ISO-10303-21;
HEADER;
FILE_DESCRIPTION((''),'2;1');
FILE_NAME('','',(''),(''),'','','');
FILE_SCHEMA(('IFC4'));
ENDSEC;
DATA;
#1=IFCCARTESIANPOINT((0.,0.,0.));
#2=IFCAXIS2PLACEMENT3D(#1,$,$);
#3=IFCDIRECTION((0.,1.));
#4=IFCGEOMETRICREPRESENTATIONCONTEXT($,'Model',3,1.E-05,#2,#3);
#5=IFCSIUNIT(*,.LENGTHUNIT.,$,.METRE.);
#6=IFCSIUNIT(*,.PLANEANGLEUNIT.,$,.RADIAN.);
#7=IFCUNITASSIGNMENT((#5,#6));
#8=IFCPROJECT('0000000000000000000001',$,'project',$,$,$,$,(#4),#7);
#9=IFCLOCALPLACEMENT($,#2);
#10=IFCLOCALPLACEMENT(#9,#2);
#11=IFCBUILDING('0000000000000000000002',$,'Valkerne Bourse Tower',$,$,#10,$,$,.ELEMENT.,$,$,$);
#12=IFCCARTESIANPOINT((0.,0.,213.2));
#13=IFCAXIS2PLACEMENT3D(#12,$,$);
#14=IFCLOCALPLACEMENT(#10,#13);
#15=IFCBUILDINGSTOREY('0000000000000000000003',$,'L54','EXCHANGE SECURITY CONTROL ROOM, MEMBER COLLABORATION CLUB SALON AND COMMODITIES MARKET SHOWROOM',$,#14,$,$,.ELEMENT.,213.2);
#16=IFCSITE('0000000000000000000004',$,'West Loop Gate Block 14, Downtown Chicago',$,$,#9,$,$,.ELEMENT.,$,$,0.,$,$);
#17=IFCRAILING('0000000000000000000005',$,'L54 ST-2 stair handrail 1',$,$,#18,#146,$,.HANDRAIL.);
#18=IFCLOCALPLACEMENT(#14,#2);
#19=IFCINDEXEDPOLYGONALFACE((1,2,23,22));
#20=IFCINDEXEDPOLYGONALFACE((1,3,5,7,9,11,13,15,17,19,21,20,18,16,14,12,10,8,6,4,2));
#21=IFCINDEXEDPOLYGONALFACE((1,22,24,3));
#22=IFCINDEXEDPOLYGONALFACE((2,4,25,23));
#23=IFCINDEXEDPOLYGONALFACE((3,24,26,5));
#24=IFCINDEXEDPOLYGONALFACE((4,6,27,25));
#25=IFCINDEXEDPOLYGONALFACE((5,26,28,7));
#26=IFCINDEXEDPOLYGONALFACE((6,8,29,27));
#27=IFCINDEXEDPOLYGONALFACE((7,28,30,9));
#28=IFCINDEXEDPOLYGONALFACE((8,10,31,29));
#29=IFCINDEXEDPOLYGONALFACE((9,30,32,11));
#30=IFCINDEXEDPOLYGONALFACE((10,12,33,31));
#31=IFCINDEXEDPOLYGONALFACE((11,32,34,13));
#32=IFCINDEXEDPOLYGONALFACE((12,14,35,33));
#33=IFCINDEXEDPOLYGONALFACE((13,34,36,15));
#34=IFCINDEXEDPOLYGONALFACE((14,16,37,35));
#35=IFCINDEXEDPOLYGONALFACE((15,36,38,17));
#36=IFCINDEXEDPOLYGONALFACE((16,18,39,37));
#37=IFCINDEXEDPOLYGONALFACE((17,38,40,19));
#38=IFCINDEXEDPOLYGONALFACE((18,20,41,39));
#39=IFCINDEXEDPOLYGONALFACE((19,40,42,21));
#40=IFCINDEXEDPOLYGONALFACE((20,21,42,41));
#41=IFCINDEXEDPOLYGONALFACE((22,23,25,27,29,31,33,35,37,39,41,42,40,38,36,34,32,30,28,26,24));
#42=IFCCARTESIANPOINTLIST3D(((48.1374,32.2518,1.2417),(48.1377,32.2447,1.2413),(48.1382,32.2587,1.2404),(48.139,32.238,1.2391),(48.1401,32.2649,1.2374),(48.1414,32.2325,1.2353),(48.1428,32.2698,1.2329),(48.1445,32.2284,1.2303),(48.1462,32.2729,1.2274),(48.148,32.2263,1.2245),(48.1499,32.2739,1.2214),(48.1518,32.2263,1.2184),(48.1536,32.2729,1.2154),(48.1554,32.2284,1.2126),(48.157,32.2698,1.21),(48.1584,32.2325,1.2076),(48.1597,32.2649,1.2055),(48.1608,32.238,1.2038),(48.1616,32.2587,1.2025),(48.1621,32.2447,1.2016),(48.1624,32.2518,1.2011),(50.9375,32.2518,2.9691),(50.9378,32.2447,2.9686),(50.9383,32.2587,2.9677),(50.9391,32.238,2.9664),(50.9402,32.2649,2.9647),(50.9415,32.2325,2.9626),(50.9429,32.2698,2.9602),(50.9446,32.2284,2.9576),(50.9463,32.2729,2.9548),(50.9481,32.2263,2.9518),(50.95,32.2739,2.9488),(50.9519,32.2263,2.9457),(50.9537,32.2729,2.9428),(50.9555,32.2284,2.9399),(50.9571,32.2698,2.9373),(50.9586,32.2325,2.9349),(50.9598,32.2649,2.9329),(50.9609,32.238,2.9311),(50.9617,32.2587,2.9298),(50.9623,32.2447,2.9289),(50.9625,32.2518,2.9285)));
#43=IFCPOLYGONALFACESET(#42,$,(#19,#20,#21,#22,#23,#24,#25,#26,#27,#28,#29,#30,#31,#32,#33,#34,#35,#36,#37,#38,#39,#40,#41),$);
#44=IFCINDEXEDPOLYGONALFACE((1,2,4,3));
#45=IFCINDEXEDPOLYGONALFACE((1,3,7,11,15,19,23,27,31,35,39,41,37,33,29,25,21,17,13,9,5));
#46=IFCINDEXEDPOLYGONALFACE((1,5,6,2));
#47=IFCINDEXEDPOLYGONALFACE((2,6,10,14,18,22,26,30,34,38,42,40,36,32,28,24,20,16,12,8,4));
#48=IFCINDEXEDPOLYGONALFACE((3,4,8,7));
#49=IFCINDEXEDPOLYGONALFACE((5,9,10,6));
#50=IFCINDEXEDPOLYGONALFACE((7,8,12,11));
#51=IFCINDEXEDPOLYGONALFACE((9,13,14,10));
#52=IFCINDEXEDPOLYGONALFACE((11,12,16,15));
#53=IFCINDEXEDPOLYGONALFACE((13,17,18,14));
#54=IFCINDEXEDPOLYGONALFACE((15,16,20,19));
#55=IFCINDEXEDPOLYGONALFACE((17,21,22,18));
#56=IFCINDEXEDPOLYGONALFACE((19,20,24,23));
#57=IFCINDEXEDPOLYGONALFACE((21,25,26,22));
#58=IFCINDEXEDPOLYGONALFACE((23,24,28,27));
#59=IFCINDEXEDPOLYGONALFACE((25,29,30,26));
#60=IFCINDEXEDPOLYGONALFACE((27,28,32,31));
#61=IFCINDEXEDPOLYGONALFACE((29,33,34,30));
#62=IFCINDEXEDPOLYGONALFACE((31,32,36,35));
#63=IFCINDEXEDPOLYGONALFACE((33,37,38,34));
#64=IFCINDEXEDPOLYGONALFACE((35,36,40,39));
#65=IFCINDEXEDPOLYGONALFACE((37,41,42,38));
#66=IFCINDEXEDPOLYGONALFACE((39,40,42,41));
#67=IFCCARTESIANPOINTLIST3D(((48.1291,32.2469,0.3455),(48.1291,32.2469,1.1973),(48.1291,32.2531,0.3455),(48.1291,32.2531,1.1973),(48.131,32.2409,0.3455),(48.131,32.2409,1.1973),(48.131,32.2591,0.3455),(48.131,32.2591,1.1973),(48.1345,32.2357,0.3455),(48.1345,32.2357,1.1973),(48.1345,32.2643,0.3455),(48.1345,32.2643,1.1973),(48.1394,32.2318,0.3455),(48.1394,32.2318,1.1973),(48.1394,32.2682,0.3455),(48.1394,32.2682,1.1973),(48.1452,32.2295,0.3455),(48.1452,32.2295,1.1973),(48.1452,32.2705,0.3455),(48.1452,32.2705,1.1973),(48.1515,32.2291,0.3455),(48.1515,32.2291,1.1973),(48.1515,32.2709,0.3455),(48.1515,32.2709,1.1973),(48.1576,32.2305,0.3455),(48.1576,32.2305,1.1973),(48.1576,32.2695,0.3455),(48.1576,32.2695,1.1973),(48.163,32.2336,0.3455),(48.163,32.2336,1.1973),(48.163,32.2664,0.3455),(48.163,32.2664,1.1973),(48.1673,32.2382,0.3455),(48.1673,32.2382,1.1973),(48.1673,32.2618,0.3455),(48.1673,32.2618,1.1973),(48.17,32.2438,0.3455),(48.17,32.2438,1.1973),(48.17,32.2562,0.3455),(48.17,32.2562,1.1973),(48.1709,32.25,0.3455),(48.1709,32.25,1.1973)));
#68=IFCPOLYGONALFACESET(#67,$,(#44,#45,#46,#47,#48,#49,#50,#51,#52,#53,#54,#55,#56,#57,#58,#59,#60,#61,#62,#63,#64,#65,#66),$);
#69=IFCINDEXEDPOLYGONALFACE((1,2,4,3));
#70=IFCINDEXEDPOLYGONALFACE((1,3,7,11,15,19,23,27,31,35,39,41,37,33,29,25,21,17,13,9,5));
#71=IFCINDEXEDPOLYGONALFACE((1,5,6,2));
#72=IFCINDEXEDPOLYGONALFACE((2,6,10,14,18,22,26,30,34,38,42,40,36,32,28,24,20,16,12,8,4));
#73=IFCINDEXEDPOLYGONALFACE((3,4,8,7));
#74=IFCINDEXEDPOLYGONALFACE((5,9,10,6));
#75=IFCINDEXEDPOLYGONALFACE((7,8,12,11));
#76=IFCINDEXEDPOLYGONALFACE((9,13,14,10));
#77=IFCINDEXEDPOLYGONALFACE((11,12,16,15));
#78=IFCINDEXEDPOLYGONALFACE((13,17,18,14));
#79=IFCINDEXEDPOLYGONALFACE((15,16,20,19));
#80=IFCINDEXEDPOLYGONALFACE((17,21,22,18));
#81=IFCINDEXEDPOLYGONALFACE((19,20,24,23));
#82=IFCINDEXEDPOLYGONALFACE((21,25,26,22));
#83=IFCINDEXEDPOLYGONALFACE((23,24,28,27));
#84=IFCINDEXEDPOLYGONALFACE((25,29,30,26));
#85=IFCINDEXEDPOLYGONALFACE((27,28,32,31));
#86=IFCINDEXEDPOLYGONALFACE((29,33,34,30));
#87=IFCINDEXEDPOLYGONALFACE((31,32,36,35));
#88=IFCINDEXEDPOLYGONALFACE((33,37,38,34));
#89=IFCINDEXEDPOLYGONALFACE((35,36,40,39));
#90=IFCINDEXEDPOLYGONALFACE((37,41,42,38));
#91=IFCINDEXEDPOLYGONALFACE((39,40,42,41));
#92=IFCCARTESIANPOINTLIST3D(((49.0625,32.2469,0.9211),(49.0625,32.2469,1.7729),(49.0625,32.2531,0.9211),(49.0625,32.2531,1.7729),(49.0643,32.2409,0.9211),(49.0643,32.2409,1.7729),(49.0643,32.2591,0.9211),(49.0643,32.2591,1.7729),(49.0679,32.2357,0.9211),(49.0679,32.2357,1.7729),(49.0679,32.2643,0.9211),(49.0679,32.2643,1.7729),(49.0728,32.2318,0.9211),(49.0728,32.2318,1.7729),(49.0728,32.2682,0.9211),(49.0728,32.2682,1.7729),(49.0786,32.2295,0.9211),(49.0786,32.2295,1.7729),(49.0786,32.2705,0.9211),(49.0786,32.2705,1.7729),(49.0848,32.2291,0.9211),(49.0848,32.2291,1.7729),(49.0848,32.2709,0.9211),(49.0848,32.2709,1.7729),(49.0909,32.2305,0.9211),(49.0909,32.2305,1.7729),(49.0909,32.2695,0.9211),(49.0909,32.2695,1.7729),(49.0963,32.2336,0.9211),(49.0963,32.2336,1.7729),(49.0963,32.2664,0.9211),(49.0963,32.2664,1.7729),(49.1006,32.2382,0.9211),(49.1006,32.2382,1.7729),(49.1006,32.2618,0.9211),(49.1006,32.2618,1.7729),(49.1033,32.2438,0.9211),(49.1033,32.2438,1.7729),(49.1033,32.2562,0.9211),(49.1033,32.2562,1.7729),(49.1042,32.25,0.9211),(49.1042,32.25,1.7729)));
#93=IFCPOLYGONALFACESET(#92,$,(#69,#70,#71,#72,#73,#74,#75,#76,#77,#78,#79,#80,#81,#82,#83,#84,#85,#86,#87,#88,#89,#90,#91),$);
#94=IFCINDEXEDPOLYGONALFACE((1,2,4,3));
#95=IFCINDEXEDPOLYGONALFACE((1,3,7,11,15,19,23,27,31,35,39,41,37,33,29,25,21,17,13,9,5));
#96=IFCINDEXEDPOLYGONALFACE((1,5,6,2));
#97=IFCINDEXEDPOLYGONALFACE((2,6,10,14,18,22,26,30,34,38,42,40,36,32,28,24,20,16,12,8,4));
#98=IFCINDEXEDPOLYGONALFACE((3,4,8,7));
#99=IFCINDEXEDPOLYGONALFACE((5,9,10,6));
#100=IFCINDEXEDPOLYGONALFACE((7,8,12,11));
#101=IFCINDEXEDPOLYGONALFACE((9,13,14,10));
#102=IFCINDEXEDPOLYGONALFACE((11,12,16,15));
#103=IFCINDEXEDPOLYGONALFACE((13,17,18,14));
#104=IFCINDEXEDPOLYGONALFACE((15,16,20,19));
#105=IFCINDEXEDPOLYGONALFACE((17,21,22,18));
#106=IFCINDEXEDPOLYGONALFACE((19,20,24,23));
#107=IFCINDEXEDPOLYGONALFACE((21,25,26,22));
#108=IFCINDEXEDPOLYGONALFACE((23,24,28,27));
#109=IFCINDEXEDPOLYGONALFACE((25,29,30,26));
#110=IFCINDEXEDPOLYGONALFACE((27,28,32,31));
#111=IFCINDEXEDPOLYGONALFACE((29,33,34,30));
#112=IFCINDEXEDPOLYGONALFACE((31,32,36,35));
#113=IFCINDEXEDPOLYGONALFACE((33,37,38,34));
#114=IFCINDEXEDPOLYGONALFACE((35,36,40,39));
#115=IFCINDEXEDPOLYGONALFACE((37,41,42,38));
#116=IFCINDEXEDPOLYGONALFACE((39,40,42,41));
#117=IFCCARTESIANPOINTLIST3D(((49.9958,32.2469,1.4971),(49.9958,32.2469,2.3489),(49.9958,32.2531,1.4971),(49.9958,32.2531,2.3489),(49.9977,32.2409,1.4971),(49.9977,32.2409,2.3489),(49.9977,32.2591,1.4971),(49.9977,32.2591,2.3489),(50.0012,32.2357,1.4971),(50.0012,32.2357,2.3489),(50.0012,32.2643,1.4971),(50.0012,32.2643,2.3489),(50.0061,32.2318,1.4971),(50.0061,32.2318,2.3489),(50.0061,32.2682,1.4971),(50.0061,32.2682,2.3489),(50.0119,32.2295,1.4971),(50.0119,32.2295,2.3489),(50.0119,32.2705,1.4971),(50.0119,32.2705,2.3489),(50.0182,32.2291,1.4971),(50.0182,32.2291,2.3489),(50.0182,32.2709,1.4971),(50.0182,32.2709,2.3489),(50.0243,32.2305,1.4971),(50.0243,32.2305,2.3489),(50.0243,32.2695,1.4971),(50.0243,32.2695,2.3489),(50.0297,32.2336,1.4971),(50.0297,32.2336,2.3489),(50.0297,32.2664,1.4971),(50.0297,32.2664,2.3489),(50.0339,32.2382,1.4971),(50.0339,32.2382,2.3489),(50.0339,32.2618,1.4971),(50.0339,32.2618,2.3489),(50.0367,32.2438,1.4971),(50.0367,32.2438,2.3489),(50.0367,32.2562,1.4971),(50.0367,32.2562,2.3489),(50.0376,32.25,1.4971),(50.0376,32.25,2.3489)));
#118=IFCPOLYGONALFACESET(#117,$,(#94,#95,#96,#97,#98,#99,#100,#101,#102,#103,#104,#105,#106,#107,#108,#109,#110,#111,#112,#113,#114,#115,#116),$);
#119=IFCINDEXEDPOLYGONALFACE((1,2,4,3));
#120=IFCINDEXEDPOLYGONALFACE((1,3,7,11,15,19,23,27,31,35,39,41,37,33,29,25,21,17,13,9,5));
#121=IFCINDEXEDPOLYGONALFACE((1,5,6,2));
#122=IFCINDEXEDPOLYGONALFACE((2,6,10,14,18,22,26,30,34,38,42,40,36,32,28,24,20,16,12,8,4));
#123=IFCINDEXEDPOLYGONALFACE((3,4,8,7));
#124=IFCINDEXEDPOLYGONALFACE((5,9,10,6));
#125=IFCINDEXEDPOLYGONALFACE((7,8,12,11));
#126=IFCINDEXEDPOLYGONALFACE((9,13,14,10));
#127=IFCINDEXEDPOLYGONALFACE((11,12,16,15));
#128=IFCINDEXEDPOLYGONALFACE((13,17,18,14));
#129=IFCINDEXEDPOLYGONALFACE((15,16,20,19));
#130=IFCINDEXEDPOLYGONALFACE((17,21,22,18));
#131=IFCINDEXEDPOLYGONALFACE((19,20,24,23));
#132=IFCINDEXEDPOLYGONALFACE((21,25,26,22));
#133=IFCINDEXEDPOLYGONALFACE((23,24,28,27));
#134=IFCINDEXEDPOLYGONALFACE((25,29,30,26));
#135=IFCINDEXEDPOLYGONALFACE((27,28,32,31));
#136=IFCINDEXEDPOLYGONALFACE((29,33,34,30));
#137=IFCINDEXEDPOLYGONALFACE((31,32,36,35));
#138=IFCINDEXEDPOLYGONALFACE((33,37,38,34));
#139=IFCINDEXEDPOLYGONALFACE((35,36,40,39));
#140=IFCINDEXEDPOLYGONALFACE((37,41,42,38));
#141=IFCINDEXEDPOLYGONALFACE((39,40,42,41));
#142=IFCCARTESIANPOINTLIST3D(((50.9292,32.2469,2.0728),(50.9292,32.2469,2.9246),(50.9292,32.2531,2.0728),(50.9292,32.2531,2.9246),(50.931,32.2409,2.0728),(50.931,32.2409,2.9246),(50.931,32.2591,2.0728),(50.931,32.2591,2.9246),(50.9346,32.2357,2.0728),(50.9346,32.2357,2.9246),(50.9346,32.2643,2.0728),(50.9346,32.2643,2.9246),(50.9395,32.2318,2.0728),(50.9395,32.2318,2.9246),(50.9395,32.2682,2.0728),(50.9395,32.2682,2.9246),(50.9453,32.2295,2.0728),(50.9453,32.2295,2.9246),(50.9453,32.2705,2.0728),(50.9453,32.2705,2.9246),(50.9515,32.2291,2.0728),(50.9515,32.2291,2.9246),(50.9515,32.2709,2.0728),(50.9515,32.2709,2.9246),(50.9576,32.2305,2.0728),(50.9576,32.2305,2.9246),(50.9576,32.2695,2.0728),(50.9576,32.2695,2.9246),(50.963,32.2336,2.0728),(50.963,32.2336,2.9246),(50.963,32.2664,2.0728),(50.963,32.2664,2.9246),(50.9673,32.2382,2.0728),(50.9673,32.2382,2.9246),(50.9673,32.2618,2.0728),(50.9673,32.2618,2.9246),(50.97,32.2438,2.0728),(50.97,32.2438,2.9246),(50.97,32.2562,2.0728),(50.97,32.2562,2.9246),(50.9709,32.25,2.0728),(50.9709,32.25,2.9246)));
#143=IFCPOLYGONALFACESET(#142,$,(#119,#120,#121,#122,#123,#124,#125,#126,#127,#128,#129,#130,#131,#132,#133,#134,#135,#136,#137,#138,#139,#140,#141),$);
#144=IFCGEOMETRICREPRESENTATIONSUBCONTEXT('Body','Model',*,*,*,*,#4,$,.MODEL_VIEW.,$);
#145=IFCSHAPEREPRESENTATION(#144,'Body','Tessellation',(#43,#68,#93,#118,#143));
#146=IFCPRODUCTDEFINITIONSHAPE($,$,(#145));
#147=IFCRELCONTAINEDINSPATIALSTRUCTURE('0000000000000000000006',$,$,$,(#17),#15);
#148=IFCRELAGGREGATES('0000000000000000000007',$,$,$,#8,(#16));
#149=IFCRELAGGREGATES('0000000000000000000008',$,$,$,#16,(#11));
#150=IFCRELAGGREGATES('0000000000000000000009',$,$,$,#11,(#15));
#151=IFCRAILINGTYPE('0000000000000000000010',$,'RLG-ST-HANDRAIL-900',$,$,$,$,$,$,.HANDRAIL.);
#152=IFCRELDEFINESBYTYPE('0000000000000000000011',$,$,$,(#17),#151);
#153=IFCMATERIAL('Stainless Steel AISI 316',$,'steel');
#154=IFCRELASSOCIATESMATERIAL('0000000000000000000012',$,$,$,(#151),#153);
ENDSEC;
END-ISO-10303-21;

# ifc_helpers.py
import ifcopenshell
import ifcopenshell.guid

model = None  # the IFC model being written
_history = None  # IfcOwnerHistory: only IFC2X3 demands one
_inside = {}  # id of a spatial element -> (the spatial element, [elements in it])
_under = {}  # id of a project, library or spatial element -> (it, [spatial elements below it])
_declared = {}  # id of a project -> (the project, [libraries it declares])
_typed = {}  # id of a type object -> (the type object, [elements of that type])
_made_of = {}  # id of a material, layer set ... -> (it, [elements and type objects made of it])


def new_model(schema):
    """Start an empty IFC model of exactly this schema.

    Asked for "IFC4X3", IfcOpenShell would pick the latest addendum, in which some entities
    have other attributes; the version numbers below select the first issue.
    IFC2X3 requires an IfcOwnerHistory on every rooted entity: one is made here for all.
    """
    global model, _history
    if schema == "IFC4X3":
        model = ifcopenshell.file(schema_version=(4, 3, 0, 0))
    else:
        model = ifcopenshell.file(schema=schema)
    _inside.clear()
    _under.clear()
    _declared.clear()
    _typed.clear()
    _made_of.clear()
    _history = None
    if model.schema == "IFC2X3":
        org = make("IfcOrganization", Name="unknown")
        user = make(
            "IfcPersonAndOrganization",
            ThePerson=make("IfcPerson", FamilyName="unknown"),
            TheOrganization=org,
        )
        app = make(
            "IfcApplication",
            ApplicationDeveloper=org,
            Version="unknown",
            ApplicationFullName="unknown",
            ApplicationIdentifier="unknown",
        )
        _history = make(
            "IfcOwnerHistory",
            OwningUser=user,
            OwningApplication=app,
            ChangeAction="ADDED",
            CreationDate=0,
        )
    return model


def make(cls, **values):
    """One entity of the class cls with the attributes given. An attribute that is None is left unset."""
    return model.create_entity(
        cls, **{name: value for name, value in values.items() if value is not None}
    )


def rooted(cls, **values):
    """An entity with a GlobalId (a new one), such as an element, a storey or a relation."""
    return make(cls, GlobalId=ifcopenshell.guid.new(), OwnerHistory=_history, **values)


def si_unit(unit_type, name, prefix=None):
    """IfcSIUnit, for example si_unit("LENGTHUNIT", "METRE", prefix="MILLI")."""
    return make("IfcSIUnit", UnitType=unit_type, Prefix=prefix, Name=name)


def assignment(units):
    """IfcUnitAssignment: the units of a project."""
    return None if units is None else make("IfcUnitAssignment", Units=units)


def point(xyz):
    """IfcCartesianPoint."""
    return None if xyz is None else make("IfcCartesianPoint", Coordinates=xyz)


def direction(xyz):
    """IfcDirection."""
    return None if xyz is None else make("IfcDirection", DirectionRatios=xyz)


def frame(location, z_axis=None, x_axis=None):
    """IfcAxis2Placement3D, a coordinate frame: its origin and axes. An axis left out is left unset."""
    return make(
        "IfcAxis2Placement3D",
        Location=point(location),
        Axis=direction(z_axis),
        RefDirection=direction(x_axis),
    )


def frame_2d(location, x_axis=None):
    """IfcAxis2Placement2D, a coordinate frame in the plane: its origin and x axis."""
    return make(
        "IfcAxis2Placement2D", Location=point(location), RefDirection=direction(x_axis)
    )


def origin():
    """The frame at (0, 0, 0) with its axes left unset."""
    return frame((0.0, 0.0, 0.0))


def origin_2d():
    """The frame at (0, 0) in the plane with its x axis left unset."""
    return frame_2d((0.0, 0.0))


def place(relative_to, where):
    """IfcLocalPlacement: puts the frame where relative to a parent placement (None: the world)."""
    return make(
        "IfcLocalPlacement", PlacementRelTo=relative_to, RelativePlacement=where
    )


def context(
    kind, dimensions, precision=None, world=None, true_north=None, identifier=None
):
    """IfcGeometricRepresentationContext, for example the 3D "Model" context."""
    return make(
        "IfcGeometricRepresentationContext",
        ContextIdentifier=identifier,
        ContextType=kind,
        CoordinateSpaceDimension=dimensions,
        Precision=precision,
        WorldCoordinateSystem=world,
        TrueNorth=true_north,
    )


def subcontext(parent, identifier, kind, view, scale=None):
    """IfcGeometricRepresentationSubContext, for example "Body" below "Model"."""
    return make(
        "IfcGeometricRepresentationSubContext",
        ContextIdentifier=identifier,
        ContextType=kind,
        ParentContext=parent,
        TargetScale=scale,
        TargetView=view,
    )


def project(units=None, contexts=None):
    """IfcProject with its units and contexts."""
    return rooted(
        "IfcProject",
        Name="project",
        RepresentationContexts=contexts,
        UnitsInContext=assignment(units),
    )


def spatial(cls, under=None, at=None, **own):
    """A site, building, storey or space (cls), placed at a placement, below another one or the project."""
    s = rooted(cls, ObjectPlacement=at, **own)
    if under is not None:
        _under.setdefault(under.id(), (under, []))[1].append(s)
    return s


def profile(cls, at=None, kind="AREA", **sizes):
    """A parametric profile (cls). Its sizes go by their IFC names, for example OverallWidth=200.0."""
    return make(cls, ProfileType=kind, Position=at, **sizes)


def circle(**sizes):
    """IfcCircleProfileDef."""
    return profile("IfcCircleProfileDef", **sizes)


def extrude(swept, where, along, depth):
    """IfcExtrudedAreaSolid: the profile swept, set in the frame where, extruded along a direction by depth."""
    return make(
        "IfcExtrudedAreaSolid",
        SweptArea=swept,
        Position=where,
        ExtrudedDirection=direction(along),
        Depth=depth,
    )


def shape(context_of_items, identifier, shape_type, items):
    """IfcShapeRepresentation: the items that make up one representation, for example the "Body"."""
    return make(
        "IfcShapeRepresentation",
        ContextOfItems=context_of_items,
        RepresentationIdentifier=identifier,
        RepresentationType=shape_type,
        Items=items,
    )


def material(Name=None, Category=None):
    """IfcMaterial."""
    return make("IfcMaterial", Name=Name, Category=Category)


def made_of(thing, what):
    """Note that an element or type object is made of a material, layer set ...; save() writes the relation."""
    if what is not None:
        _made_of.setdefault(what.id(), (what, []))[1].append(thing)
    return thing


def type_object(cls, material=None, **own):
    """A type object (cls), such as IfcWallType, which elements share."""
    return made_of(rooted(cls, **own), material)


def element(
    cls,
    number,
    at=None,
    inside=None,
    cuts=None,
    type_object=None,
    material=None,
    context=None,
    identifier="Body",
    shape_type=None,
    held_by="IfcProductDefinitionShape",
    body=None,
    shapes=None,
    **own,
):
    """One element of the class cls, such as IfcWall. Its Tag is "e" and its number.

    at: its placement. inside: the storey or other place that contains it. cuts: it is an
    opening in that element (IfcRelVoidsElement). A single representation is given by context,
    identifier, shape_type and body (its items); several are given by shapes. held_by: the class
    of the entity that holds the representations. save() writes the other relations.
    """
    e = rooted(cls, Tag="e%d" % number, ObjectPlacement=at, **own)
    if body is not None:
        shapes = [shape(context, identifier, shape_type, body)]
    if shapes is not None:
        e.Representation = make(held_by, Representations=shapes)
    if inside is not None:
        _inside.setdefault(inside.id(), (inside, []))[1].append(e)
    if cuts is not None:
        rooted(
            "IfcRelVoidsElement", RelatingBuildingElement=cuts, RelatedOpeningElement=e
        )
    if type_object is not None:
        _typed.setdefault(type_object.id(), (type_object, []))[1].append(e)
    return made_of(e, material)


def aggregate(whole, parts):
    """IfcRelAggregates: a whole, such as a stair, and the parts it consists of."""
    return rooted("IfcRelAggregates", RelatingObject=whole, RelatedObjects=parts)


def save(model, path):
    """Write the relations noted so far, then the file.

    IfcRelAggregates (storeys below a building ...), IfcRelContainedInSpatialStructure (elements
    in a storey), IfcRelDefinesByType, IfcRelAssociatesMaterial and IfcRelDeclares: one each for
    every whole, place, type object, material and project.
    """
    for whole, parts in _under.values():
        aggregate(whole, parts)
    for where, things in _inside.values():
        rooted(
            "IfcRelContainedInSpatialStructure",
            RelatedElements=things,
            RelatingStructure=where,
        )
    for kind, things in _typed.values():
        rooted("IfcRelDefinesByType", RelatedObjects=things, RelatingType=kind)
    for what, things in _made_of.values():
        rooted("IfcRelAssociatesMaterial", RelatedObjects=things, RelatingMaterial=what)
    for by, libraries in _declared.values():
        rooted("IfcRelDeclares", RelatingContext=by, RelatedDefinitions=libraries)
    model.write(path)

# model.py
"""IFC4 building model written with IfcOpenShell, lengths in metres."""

from ifc_helpers import new_model, si_unit, direction, frame, origin, origin_2d, place, context, subcontext, project, spatial, circle, extrude, material, type_object, element, save


model = new_model("IFC4")

# Units and contexts
model_context = context("Model", 3, precision=1e-05, world=origin(), true_north=direction((0.0, 1.0)))
body_context = subcontext(model_context, "Body", "Model", "MODEL_VIEW")
ifc_project = project(units=[si_unit("LENGTHUNIT", "METRE"), si_unit("PLANEANGLEUNIT", "RADIAN")], contexts=[model_context])

# Site, building, storey
site_placement = place(None, origin())
site = spatial("IfcSite", under=ifc_project, at=site_placement, Name="West Loop Gate Block 14, Downtown Chicago", CompositionType="ELEMENT", RefElevation=0.0)
building_placement = place(site_placement, origin())
building = spatial("IfcBuilding", under=site, at=building_placement, Name="Valkerne Bourse Tower", CompositionType="ELEMENT")
storey_placement = place(building_placement, frame((0.0, 0.0, 213.2)))
storey = spatial("IfcBuildingStorey", under=building, at=storey_placement, Name="L54", Description="EXCHANGE SECURITY CONTROL ROOM, MEMBER COLLABORATION CLUB SALON AND COMMODITIES MARKET SHOWROOM", CompositionType="ELEMENT", Elevation=213.2)

# Shared definitions
ifc_material_1 = material(Name="Stainless Steel AISI 316", Category="steel")

# Railing
railing_type_1 = type_object("IfcRailingType", Name="RLG-ST-HANDRAIL-900", PredefinedType="HANDRAIL", material=ifc_material_1)
railing_1_placement = place(storey_placement, frame((48.1499, 32.25, 0.3455)))
element("IfcRailing", 1, at=railing_1_placement, inside=storey, type_object=railing_type_1, Name="L54 ST-2 stair handrail 1", PredefinedType="HANDRAIL", context=body_context, shape_type="SweptSolid", body=[
    extrude(circle(Radius=0.0239, at=origin_2d()), frame((0.0, 0.0, 0.876), z_axis=(0.85109, 0.0, 0.52502), x_axis=(0.0, 1.0, 0.0)), (0.0, 0.0, 1.0), 3.29),
    extrude(circle(Radius=0.021, at=origin_2d()), origin(), (0.0, 0.0, 1.0), 0.8518),
    extrude(circle(Radius=0.021, at=origin_2d()), frame((0.9333, 0.0, 0.5757)), (0.0, 0.0, 1.0), 0.8518),
    extrude(circle(Radius=0.021, at=origin_2d()), frame((1.8667, 0.0, 1.1516)), (0.0, 0.0, 1.0), 0.8518),
    extrude(circle(Radius=0.021, at=origin_2d()), frame((2.8, 0.0, 1.7273)), (0.0, 0.0, 1.0), 0.8518),
])

save(model, "model.ifc")
